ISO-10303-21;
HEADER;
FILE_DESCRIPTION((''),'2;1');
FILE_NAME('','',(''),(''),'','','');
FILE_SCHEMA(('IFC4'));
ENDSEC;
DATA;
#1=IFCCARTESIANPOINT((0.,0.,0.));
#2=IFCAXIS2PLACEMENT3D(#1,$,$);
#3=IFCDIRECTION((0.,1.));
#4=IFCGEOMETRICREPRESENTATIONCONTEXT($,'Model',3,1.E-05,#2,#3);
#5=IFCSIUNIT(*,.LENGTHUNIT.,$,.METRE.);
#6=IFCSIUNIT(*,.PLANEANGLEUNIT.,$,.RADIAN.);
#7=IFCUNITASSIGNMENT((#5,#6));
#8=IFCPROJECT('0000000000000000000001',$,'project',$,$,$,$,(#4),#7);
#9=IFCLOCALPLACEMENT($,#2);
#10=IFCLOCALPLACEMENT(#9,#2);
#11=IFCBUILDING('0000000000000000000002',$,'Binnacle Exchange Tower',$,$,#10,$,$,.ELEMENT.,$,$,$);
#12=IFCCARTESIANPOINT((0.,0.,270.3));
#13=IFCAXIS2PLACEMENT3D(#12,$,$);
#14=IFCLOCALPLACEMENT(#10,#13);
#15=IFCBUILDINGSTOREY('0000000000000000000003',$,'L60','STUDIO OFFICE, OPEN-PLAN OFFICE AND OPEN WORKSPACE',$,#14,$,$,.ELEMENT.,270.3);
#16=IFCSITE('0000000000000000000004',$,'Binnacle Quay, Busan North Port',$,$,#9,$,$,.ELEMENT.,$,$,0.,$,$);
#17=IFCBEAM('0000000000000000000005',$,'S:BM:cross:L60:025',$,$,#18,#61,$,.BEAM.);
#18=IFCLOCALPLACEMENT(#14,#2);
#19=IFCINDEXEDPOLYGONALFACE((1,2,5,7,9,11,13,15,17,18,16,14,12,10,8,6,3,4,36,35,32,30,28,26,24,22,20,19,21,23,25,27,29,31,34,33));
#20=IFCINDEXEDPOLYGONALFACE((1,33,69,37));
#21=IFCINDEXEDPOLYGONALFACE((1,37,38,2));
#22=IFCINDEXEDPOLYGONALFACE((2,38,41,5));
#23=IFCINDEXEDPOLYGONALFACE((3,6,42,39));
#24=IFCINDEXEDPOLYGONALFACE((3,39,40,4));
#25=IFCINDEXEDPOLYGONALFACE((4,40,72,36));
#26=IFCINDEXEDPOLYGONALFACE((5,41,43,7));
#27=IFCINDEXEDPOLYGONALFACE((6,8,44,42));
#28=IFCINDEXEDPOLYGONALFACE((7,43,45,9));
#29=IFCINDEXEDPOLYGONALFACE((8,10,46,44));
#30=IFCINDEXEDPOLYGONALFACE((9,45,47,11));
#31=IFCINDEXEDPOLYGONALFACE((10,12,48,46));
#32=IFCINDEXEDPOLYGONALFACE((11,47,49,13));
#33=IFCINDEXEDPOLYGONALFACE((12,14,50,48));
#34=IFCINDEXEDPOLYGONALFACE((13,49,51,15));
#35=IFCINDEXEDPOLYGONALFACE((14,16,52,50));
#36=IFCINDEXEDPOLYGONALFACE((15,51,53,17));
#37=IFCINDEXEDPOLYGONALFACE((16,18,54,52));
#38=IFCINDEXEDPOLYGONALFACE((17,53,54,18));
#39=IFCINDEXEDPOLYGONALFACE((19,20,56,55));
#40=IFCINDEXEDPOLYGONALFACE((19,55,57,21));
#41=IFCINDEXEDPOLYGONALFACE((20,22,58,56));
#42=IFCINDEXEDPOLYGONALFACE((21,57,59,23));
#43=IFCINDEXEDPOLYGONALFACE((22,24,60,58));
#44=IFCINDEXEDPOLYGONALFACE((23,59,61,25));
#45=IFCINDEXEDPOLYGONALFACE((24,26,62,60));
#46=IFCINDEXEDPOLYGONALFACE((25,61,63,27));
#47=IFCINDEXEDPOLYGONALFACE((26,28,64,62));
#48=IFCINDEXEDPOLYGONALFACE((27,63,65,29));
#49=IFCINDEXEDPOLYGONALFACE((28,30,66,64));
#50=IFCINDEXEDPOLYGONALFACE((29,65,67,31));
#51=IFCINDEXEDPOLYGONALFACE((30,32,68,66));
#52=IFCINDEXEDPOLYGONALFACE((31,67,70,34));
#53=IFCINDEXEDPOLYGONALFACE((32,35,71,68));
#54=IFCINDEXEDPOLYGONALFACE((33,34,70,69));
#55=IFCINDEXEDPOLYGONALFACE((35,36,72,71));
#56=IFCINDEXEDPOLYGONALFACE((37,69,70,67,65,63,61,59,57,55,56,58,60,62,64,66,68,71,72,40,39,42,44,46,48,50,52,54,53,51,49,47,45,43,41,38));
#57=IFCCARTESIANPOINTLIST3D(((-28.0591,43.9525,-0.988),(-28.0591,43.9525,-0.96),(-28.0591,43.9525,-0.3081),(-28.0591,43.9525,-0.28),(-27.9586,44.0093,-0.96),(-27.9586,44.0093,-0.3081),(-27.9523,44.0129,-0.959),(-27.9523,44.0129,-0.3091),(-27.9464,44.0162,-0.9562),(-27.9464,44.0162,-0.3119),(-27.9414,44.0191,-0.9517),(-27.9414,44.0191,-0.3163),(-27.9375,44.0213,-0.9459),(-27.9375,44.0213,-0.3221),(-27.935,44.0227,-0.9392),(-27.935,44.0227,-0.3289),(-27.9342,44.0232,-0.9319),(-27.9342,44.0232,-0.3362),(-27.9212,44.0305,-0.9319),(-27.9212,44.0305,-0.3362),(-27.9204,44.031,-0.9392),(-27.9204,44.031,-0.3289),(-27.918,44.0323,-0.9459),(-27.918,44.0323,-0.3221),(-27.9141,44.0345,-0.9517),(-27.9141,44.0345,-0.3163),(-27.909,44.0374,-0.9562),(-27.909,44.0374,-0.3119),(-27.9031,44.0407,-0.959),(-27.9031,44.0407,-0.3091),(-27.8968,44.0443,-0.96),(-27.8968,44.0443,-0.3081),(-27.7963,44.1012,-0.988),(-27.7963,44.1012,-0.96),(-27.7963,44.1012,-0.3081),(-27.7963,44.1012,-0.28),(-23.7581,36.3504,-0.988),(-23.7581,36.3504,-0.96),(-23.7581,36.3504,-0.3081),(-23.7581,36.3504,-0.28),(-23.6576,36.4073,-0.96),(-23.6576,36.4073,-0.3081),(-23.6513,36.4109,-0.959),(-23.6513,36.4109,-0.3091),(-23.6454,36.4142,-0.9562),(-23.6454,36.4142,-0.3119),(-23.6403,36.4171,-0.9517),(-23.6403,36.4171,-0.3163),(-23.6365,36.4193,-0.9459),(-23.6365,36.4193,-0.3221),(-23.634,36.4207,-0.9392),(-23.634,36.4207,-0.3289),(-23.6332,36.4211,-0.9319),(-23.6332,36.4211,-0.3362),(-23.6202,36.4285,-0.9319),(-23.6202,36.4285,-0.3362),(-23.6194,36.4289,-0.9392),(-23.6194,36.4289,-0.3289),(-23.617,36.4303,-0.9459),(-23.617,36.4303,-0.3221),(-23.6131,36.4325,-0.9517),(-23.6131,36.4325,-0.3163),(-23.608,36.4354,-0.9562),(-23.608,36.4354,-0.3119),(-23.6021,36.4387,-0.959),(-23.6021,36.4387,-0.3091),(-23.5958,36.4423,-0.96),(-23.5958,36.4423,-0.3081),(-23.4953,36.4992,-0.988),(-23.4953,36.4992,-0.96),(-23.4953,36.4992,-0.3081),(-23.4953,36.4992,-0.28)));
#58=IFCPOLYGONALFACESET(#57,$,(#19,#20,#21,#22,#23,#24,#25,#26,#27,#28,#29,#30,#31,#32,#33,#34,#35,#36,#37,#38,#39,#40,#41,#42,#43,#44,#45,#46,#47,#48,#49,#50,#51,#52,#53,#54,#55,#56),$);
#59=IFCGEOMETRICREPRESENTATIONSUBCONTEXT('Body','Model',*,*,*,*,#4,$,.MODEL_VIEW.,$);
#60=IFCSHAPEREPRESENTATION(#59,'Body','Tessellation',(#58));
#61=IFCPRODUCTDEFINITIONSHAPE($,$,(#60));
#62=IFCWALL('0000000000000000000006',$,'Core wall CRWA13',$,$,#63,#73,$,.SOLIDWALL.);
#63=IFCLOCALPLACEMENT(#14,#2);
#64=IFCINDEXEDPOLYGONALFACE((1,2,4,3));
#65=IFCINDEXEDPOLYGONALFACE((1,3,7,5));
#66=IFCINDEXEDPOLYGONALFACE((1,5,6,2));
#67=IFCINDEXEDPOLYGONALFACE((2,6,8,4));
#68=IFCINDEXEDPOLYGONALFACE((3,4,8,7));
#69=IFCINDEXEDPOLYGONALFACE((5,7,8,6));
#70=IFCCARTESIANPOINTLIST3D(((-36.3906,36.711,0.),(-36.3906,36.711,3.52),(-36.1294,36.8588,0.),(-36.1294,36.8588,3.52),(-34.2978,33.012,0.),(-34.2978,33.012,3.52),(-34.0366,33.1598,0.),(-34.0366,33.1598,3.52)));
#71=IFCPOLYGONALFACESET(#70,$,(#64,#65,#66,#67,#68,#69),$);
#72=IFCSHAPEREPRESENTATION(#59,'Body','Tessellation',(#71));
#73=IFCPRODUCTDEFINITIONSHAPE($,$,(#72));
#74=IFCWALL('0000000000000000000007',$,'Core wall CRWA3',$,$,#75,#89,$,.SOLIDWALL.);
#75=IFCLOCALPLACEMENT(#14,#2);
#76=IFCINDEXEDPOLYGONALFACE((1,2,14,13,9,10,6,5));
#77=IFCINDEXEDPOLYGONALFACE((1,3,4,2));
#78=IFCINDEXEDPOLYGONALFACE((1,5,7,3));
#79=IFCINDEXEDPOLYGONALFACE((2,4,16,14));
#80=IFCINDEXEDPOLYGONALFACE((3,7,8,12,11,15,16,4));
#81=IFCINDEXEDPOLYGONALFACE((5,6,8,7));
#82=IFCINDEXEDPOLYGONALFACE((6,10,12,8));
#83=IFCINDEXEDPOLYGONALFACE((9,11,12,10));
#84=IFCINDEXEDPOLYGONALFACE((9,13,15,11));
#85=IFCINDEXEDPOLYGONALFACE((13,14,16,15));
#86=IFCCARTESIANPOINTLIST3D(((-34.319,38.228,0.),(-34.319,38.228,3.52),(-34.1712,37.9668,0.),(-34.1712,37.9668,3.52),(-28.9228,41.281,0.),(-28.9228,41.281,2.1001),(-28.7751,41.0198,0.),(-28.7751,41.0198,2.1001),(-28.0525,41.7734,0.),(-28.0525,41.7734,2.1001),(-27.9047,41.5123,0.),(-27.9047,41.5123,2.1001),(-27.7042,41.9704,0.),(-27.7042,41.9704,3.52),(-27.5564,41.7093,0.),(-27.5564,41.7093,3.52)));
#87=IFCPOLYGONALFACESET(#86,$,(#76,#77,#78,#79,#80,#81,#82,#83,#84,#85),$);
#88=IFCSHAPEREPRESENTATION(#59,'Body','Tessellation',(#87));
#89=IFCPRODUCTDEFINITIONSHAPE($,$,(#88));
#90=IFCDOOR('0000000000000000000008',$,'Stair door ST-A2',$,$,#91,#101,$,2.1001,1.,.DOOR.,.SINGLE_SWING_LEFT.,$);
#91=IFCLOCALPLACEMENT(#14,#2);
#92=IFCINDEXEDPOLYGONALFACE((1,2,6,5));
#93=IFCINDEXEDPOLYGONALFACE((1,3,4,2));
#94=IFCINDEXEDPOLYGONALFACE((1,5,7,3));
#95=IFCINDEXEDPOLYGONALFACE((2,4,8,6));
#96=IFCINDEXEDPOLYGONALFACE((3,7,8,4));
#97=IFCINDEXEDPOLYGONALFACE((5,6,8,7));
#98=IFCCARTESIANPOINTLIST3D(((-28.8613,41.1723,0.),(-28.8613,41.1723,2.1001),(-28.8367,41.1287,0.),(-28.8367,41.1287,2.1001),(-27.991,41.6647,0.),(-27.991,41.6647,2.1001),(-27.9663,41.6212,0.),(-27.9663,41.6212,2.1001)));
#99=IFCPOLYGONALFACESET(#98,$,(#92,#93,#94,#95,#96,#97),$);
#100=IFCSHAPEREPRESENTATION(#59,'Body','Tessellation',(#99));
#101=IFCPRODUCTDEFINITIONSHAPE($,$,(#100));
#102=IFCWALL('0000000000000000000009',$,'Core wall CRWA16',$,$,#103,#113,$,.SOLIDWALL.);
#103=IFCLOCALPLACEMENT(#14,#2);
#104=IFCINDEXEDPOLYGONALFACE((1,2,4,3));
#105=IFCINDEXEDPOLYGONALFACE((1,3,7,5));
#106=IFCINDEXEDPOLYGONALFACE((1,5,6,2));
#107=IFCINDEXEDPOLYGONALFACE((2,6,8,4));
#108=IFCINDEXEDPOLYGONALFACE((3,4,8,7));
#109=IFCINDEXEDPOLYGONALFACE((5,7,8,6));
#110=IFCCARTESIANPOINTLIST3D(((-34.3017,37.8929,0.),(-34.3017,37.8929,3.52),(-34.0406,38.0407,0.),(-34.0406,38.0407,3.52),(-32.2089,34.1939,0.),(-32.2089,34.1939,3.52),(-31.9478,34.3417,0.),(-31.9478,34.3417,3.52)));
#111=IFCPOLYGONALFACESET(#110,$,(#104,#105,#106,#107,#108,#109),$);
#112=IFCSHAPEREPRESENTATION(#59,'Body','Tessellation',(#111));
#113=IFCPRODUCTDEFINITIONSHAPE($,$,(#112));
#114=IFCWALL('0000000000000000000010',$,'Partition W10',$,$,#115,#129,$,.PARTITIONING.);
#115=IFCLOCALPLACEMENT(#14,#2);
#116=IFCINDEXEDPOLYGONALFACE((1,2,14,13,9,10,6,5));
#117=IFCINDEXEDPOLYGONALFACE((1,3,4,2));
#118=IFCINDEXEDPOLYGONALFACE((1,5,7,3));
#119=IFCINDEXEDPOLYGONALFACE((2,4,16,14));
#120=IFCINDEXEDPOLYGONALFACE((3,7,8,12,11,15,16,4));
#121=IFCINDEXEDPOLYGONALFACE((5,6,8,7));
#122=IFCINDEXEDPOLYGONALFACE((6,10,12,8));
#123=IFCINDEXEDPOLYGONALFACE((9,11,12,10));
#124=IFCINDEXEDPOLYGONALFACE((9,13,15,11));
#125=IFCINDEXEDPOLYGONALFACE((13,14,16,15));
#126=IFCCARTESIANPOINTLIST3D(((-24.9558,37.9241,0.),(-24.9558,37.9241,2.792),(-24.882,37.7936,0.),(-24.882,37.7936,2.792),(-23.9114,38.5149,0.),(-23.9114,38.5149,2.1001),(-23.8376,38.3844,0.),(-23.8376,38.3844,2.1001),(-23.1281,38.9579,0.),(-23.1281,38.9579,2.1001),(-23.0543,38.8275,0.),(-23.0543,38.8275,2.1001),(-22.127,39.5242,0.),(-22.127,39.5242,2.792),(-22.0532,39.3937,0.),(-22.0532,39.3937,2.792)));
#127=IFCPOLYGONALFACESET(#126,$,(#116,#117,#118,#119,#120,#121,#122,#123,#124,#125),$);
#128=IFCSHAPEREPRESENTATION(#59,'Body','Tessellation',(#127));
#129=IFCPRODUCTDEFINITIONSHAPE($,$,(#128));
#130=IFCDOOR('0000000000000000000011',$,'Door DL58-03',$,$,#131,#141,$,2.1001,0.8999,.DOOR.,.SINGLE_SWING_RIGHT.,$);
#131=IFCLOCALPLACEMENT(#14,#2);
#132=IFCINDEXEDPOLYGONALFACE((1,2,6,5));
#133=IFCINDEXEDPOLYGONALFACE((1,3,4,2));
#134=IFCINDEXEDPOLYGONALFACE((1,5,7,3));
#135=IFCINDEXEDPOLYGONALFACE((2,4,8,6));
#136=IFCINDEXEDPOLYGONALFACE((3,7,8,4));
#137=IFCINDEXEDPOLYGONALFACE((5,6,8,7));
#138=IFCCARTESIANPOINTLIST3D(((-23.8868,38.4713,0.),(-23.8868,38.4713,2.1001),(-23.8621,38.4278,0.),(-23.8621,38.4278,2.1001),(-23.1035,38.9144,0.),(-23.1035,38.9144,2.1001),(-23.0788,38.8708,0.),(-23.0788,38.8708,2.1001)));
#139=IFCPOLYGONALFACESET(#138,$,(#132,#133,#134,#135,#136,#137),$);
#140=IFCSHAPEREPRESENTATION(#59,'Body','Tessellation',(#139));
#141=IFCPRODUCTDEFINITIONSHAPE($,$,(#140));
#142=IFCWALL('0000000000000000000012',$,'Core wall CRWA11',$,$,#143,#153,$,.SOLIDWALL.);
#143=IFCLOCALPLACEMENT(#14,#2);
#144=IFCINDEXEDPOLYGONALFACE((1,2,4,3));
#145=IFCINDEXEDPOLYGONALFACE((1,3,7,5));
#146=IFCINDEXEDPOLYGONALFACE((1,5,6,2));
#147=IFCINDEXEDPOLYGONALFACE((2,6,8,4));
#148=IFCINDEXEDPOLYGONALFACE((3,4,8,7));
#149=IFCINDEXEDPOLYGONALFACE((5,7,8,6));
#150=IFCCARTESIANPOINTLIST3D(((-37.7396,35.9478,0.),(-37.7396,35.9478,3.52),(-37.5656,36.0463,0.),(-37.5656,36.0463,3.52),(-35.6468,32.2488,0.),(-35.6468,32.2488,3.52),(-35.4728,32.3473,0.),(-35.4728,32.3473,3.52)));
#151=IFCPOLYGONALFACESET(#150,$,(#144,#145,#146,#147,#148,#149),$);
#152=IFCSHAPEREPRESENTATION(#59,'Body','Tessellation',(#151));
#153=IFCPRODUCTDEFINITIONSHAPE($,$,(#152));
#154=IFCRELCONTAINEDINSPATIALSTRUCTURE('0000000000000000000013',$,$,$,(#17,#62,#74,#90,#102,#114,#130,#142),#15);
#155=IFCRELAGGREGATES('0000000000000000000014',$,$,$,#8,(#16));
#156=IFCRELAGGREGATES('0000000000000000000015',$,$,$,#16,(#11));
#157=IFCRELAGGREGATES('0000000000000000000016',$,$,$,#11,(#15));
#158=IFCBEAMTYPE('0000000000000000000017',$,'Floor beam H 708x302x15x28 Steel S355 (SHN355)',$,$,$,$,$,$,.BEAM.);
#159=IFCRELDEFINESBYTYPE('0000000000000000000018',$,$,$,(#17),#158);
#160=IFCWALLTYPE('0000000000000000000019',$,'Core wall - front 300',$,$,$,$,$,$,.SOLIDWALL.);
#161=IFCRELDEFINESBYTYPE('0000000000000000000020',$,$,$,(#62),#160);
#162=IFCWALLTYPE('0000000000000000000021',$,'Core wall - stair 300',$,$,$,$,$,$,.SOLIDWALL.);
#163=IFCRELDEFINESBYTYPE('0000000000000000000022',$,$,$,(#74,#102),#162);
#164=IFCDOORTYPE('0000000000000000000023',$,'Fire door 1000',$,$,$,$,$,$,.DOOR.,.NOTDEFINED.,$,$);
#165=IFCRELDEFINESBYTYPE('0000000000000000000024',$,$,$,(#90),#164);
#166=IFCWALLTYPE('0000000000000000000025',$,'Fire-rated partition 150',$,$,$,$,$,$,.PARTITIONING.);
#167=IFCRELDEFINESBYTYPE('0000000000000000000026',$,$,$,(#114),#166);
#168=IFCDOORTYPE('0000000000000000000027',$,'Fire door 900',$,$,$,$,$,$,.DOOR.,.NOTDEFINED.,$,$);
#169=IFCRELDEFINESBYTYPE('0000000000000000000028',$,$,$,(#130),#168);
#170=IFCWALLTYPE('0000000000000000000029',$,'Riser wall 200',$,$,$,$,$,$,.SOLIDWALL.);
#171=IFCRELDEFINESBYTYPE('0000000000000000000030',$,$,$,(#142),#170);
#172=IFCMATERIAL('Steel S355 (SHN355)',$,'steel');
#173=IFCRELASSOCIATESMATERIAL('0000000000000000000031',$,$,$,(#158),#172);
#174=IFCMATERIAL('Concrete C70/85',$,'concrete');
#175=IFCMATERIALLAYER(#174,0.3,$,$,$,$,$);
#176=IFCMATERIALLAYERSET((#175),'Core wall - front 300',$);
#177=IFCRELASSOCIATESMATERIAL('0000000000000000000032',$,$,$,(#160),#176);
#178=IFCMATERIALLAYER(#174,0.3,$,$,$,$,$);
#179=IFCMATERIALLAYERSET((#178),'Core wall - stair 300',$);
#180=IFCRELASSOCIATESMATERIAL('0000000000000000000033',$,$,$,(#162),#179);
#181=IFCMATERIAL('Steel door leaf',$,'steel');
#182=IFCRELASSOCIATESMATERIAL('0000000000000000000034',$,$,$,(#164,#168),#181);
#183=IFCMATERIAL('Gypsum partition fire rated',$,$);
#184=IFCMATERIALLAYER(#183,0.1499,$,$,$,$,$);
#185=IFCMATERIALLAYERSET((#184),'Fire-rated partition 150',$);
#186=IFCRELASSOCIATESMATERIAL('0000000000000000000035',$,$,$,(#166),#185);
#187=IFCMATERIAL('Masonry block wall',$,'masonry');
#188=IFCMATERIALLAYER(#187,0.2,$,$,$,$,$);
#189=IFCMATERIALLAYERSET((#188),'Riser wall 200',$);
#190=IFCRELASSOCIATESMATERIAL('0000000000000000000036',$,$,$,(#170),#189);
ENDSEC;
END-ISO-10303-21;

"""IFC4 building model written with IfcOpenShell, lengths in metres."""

from ifc_helpers import new_model, si_unit, direction, frame, frame_2d, origin, origin_2d, place, context, subcontext, project, spatial, rectangle, i_section, extrude, material, layer, layer_set, material_profile, profile_set, type_object, element, fill, save


model = new_model("IFC4")

# Units and contexts
model_context = context("Model", 3, precision=1e-05, world=origin(), true_north=direction((0.0, 1.0)))
body_context = subcontext(model_context, "Body", "Model", "MODEL_VIEW")
ifc_project = project(units=[si_unit("LENGTHUNIT", "METRE"), si_unit("PLANEANGLEUNIT", "RADIAN")], contexts=[model_context])

# Site, building, storey
site_placement = place(None, origin())
site = spatial("IfcSite", under=ifc_project, at=site_placement, Name="Binnacle Quay, Busan North Port", CompositionType="ELEMENT", RefElevation=0.0)
building_placement = place(site_placement, origin())
building = spatial("IfcBuilding", under=site, at=building_placement, Name="Binnacle Exchange Tower", CompositionType="ELEMENT")
storey_placement = place(building_placement, frame((0.0, 0.0, 270.3)))
storey = spatial("IfcBuildingStorey", under=building, at=storey_placement, Name="L60", Description="STUDIO OFFICE, OPEN-PLAN OFFICE AND OPEN WORKSPACE", CompositionType="ELEMENT", Elevation=270.3)

# Beam
ifc_material_1 = material(Name="Steel S355 (SHN355)", Category="steel")
ifc_material_profile_1 = material_profile(ifc_material_1, i_section(OverallWidth=0.302, OverallDepth=0.708, WebThickness=0.0149, FlangeThickness=0.0281, FilletRadius=0.0281, at=origin_2d()), Name="H 708x302x15x28")
ifc_profile_set_1 = profile_set([ifc_material_profile_1], Name="Steel S355 (SHN355)")
beam_type_1 = type_object("IfcBeamType", Name="Floor beam H 708x302x15x28 Steel S355 (SHN355)", PredefinedType="BEAM", material=ifc_profile_set_1)
beam_1_placement = place(storey_placement, frame((-23.6267, 36.4248, -0.634), z_axis=(-0.492423, 0.870356, 0.0), x_axis=(-0.870356, -0.492423, 0.0)))
element("IfcBeam", 1, at=beam_1_placement, inside=storey, type_object=beam_type_1, Name="S:BM:cross:L60:025", PredefinedType="BEAM", context=body_context, shape_type="SweptSolid", body=[
    extrude(i_section(OverallWidth=0.302, OverallDepth=0.708, WebThickness=0.0149, FlangeThickness=0.0281, FilletRadius=0.0281, at=origin_2d()), origin(), (0.0, 0.0, 1.0), 8.7344),
])

# Wall
ifc_material_2 = material(Name="Concrete C70/85", Category="concrete")
ifc_layer_1 = layer(ifc_material_2, 0.3)
ifc_layer_set_1 = layer_set([ifc_layer_1], Name="Core wall - front 300")
wall_type_1 = type_object("IfcWallType", Name="Core wall - front 300", PredefinedType="SOLIDWALL", material=ifc_layer_set_1)
wall_1_placement = place(storey_placement, frame((-36.26, 36.7849, 0.0), z_axis=(0.0, 0.0, 1.0), x_axis=(0.492423, -0.870356, 0.0)))
element("IfcWall", 2, at=wall_1_placement, inside=storey, type_object=wall_type_1, Name="Core wall CRWA13", PredefinedType="SOLIDWALL", context=body_context, shape_type="SweptSolid", body=[
    extrude(rectangle(XDim=4.25, YDim=0.3, at=frame_2d((2.125, 0.0))), origin(), (0.0, 0.0, 1.0), 3.52),
])

# Wall, opening, door
ifc_layer_2 = layer(ifc_material_2, 0.3)
ifc_layer_set_2 = layer_set([ifc_layer_2], Name="Core wall - stair 300")
wall_type_2 = type_object("IfcWallType", Name="Core wall - stair 300", PredefinedType="SOLIDWALL", material=ifc_layer_set_2)
wall_2_placement = place(storey_placement, frame((-34.2451, 38.0974, 0.0), z_axis=(0.0, 0.0, 1.0), x_axis=(0.870356, 0.492422, 0.0)))
wall_2 = element("IfcWall", 3, at=wall_2_placement, inside=storey, type_object=wall_type_2, Name="Core wall CRWA3", PredefinedType="SOLIDWALL", context=body_context, shape_type="SweptSolid", body=[
    extrude(rectangle(XDim=7.6001, YDim=0.3, at=frame_2d((3.8, 0.0))), origin(), (0.0, 0.0, 1.0), 3.52),
])
opening_1_placement = place(wall_2_placement, frame((6.2, 0.0, 0.0)))
opening_1 = element("IfcOpeningElement", 4, at=opening_1_placement, cuts=wall_2, PredefinedType="OPENING", context=body_context, shape_type="SweptSolid", body=[
    extrude(rectangle(XDim=1.0, YDim=2.1001, at=frame_2d((0.5, 1.05))), frame((0.0, 0.1599, 0.0), z_axis=(0.0, -1.0, 0.0), x_axis=(1.0, 0.0, 0.0)), (0.0, 0.0, 1.0), 0.3201),
])
ifc_material_3 = material(Name="Steel door leaf", Category="steel")
door_type_1 = type_object("IfcDoorType", Name="Fire door 1000", OperationType="NOTDEFINED", PredefinedType="DOOR", material=ifc_material_3)
door_1_placement = place(opening_1_placement, frame((1.0, 0.0, 0.0), z_axis=(0.0, 0.0, 1.0), x_axis=(-1.0, 0.0, 0.0)))
door_1 = element("IfcDoor", 5, at=door_1_placement, inside=storey, type_object=door_type_1, Name="Stair door ST-A2", OperationType="SINGLE_SWING_LEFT", OverallHeight=2.1001, OverallWidth=1.0, PredefinedType="DOOR", context=body_context, shape_type="SweptSolid", body=[
    extrude(rectangle(XDim=1.0, YDim=2.1001, at=frame_2d((0.5, 1.05))), frame((0.0, 0.0249, 0.0), z_axis=(0.0, -1.0, 0.0), x_axis=(1.0, 0.0, 0.0)), (0.0, 0.0, 1.0), 0.05),
])
fill(opening_1, door_1)

# Wall
wall_3_placement = place(storey_placement, frame((-34.1711, 37.9668, 0.0), z_axis=(0.0, 0.0, 1.0), x_axis=(0.492423, -0.870356, 0.0)))
element("IfcWall", 6, at=wall_3_placement, inside=storey, type_object=wall_type_2, Name="Core wall CRWA16", PredefinedType="SOLIDWALL", context=body_context, shape_type="SweptSolid", body=[
    extrude(rectangle(XDim=4.25, YDim=0.3, at=frame_2d((2.125, 0.0))), origin(), (0.0, 0.0, 1.0), 3.52),
])

# Wall, opening, door
ifc_material_4 = material(Name="Gypsum partition fire rated")
ifc_layer_3 = layer(ifc_material_4, 0.1499)
ifc_layer_set_3 = layer_set([ifc_layer_3], Name="Fire-rated partition 150")
wall_type_3 = type_object("IfcWallType", Name="Fire-rated partition 150", PredefinedType="PARTITIONING", material=ifc_layer_set_3)
wall_4_placement = place(storey_placement, frame((-24.9189, 37.8589, 0.0), z_axis=(0.0, 0.0, 1.0), x_axis=(0.870407, 0.492332, 0.0)))
wall_4 = element("IfcWall", 7, at=wall_4_placement, inside=storey, type_object=wall_type_3, Name="Partition W10", PredefinedType="PARTITIONING", context=body_context, shape_type="SweptSolid", body=[
    extrude(rectangle(XDim=3.25, YDim=0.1499, at=frame_2d((1.625, 0.0))), origin(), (0.0, 0.0, 1.0), 2.792),
])
opening_2_placement = place(wall_4_placement, frame((1.2, 0.0, 0.0)))
opening_2 = element("IfcOpeningElement", 8, at=opening_2_placement, cuts=wall_4, PredefinedType="OPENING", context=body_context, shape_type="SweptSolid", body=[
    extrude(rectangle(XDim=0.8999, YDim=2.1001, at=frame_2d((0.45, 1.05))), frame((0.0, 0.085, 0.0), z_axis=(0.0, -1.0, 0.0), x_axis=(1.0, 0.0, 0.0)), (0.0, 0.0, 1.0), 0.1699),
])
door_type_2 = type_object("IfcDoorType", Name="Fire door 900", OperationType="NOTDEFINED", PredefinedType="DOOR", material=ifc_material_3)
door_2_placement = place(opening_2_placement, origin())
door_2 = element("IfcDoor", 9, at=door_2_placement, inside=storey, type_object=door_type_2, Name="Door DL58-03", OperationType="SINGLE_SWING_RIGHT", OverallHeight=2.1001, OverallWidth=0.8999, PredefinedType="DOOR", context=body_context, shape_type="SweptSolid", body=[
    extrude(rectangle(XDim=0.8999, YDim=2.1001, at=frame_2d((0.45, 1.05))), frame((0.0, 0.0249, 0.0), z_axis=(0.0, -1.0, 0.0), x_axis=(1.0, 0.0, 0.0)), (0.0, 0.0, 1.0), 0.05),
])
fill(opening_2, door_2)

# Wall
ifc_material_5 = material(Name="Masonry block wall", Category="masonry")
ifc_layer_4 = layer(ifc_material_5, 0.2)
ifc_layer_set_4 = layer_set([ifc_layer_4], Name="Riser wall 200")
wall_type_4 = type_object("IfcWallType", Name="Riser wall 200", PredefinedType="SOLIDWALL", material=ifc_layer_set_4)
wall_5_placement = place(storey_placement, frame((-37.6526, 35.9971, 0.0), z_axis=(0.0, 0.0, 1.0), x_axis=(0.492423, -0.870356, 0.0)))
element("IfcWall", 10, at=wall_5_placement, inside=storey, type_object=wall_type_4, Name="Core wall CRWA11", PredefinedType="SOLIDWALL", context=body_context, shape_type="SweptSolid", body=[
    extrude(rectangle(XDim=4.25, YDim=0.2, at=frame_2d((2.125, 0.0))), origin(), (0.0, 0.0, 1.0), 3.52),
])

save(model, "model.ifc")
